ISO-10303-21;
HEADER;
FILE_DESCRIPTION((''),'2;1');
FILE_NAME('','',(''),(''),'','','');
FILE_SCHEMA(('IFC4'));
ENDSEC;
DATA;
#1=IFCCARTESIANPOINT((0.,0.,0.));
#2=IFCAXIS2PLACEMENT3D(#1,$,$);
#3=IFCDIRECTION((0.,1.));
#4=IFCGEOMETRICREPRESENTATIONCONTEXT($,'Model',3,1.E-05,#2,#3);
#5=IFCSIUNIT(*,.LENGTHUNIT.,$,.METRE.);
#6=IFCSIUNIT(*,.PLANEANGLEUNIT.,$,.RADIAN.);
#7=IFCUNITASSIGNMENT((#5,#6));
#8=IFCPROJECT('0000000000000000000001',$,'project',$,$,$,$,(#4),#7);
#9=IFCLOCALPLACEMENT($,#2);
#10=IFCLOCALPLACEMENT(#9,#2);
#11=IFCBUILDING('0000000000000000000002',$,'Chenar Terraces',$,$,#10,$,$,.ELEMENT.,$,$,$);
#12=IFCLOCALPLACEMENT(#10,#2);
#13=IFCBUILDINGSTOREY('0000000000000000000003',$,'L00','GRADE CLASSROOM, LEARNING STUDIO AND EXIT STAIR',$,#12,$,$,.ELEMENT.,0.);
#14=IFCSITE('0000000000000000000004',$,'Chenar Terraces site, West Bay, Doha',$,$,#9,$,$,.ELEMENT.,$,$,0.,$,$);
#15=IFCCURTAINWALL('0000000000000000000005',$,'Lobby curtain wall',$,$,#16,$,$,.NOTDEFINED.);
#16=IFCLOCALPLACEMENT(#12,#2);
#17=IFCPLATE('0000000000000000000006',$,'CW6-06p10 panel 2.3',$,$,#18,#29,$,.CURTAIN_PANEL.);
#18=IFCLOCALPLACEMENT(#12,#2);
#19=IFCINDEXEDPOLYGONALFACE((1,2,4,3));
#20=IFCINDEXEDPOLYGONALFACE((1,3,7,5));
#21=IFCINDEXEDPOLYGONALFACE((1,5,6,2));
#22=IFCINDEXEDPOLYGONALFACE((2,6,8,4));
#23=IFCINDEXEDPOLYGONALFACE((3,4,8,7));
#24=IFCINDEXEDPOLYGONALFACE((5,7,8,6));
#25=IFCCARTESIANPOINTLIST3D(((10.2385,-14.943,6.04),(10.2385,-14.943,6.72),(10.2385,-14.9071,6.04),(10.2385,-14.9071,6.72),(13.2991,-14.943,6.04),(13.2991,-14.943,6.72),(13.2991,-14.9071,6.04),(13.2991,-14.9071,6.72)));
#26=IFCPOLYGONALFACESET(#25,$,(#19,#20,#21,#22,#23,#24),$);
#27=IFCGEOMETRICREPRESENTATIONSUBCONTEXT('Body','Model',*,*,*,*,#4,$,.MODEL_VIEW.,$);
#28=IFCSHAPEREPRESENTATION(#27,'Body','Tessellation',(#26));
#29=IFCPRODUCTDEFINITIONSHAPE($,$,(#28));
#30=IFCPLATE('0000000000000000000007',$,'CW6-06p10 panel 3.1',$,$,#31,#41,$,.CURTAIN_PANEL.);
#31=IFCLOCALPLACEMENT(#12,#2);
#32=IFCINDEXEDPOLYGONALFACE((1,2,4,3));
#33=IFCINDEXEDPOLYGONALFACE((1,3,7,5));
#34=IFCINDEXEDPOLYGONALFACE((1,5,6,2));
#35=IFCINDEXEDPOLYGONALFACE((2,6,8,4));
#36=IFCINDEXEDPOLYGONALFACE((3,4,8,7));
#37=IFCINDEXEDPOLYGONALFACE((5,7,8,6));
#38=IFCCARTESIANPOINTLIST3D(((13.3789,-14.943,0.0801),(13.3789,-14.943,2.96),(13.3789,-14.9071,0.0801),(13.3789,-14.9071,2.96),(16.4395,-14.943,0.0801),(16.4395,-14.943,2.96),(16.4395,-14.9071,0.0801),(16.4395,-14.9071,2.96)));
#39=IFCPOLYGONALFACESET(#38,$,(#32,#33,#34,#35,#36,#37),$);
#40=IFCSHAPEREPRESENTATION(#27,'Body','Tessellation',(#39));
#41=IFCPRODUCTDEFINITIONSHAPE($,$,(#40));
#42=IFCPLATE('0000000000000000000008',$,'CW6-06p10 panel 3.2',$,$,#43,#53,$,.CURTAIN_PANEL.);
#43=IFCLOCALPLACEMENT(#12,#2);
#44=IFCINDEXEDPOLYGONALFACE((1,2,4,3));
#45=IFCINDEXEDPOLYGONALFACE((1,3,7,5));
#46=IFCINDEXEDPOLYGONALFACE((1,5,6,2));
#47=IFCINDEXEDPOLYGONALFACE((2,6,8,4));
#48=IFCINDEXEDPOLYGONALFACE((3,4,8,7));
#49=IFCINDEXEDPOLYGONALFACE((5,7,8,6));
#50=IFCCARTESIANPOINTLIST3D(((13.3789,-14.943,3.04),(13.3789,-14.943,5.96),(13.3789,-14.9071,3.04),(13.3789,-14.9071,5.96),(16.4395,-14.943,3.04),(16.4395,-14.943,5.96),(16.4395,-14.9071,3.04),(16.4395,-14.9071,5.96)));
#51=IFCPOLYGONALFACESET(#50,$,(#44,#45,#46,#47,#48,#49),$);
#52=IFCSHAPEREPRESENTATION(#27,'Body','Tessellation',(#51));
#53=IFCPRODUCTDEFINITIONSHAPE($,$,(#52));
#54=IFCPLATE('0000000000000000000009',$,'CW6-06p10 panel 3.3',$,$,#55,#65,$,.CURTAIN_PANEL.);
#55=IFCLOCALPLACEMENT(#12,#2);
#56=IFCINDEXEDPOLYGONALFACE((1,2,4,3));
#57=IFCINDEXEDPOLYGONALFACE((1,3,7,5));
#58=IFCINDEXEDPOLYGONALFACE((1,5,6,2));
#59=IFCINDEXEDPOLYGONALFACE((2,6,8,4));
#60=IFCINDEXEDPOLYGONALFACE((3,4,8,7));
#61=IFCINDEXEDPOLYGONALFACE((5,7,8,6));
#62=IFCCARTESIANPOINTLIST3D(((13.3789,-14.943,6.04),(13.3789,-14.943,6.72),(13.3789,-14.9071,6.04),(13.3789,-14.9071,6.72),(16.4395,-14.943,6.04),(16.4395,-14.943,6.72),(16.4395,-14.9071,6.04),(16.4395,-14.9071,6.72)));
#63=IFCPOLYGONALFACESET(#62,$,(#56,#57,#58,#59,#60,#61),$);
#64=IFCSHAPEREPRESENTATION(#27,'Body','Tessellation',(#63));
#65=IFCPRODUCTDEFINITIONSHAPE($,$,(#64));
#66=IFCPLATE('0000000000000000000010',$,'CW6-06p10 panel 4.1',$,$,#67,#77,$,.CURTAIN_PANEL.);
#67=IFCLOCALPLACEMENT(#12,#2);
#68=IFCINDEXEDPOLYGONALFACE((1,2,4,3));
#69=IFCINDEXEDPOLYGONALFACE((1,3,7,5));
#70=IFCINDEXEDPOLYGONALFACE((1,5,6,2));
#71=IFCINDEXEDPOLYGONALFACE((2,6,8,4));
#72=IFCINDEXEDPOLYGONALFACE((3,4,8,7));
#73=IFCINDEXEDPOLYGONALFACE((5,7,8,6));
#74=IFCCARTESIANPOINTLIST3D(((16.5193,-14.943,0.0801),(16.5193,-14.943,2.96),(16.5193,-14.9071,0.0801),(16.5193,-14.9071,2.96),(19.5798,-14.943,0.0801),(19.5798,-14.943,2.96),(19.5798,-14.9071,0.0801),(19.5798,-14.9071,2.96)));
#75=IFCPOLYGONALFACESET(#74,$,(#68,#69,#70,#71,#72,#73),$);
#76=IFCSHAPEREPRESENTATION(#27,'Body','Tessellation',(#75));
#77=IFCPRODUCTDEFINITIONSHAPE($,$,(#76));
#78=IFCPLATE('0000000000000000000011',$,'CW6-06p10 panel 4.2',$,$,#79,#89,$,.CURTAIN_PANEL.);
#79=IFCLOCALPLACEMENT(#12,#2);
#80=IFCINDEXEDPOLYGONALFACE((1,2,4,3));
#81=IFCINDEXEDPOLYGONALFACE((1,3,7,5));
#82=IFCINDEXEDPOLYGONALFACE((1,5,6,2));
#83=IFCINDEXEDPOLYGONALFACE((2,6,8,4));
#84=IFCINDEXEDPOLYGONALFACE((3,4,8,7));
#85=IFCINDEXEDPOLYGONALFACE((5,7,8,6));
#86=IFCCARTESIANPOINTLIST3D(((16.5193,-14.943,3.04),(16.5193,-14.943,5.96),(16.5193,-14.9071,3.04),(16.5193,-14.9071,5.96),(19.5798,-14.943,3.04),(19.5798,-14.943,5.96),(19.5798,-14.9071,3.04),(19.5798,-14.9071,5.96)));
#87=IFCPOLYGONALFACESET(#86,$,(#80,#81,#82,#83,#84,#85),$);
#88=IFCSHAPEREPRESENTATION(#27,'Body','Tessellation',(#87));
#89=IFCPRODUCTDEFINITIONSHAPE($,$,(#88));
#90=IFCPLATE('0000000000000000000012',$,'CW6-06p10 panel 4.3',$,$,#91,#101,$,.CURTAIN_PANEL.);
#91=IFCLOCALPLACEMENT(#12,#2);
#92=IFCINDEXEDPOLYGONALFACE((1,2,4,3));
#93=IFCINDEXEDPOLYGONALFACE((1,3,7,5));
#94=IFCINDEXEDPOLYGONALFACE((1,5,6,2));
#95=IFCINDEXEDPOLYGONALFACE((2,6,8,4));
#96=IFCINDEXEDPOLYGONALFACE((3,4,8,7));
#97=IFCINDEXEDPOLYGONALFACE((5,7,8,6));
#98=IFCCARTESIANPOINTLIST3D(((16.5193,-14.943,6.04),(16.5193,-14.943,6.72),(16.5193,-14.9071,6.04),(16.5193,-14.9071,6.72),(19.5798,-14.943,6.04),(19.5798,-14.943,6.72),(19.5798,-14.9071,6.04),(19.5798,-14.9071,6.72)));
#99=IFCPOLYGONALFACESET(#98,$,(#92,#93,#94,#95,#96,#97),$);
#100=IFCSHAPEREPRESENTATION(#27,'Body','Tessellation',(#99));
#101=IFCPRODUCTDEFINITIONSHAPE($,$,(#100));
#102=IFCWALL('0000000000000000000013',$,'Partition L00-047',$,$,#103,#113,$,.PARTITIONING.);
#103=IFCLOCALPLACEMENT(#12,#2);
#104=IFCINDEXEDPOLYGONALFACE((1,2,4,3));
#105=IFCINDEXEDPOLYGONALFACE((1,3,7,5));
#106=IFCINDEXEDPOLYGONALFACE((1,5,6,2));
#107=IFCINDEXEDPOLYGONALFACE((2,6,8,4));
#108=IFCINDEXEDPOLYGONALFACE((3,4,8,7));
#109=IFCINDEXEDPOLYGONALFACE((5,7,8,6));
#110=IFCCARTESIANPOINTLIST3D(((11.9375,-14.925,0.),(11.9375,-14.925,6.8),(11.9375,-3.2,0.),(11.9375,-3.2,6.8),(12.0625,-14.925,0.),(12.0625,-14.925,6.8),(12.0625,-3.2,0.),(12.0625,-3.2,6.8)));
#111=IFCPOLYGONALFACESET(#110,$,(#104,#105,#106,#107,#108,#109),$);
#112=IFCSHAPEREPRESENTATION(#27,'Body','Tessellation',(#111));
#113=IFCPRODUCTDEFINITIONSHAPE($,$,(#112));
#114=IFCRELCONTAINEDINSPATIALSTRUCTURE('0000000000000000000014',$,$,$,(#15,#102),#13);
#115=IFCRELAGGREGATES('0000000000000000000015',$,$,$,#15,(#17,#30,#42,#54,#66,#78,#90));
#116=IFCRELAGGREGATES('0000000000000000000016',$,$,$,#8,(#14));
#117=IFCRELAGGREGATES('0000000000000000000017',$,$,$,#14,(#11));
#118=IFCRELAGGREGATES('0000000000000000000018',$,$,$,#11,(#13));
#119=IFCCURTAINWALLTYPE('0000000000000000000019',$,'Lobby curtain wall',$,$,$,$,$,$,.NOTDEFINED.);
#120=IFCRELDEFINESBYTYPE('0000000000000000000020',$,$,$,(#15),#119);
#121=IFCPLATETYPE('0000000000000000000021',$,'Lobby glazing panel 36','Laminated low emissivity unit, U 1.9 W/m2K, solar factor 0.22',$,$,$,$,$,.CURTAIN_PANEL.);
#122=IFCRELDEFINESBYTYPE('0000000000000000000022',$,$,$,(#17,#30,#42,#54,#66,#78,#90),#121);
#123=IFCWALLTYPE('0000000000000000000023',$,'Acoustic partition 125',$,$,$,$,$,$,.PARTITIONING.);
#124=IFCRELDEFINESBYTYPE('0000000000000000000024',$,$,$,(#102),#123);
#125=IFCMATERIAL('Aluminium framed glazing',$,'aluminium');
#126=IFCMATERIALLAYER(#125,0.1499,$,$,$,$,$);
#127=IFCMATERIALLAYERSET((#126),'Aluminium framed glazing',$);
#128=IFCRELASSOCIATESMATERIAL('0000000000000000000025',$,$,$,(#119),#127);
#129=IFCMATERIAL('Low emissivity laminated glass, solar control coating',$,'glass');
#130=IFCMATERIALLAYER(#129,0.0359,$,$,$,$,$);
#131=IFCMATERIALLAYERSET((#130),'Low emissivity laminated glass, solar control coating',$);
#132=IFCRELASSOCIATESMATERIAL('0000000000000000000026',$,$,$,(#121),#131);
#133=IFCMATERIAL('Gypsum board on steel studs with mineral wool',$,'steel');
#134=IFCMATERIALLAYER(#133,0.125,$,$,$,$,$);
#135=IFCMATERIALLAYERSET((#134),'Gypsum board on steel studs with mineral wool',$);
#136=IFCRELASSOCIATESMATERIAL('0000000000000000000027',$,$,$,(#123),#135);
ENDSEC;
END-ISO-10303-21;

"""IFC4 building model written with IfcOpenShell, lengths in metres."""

from ifc_helpers import new_model, si_unit, direction, frame, frame_2d, origin, origin_2d, place, context, subcontext, project, spatial, rectangle, extrude, material, layer, layer_set, type_object, element, aggregate, save


model = new_model("IFC4")

# Units and contexts
model_context = context("Model", 3, precision=1e-05, world=origin(), true_north=direction((0.0, 1.0)))
body_context = subcontext(model_context, "Body", "Model", "MODEL_VIEW")
ifc_project = project(units=[si_unit("LENGTHUNIT", "METRE"), si_unit("PLANEANGLEUNIT", "RADIAN")], contexts=[model_context])

# Site, building, storey
site_placement = place(None, origin())
site = spatial("IfcSite", under=ifc_project, at=site_placement, Name="Chenar Terraces site, West Bay, Doha", CompositionType="ELEMENT", RefElevation=0.0)
building_placement = place(site_placement, origin())
building = spatial("IfcBuilding", under=site, at=building_placement, Name="Chenar Terraces", CompositionType="ELEMENT")
storey_placement = place(building_placement, origin())
storey = spatial("IfcBuildingStorey", under=building, at=storey_placement, Name="L00", Description="GRADE CLASSROOM, LEARNING STUDIO AND EXIT STAIR", CompositionType="ELEMENT", Elevation=0.0)

# Curtain wall, plates
ifc_material_1 = material(Name="Aluminium framed glazing", Category="aluminium")
ifc_layer_1 = layer(ifc_material_1, 0.1499)
ifc_layer_set_1 = layer_set([ifc_layer_1], Name="Aluminium framed glazing")
curtain_wall_type = type_object("IfcCurtainWallType", Name="Lobby curtain wall", PredefinedType="NOTDEFINED", material=ifc_layer_set_1)
curtain_wall_placement = place(storey_placement, origin())
curtain_wall = element("IfcCurtainWall", 1, at=curtain_wall_placement, inside=storey, type_object=curtain_wall_type, Name="Lobby curtain wall", PredefinedType="NOTDEFINED")
ifc_material_2 = material(Name="Low emissivity laminated glass, solar control coating", Category="glass")
ifc_layer_2 = layer(ifc_material_2, 0.0359)
ifc_layer_set_2 = layer_set([ifc_layer_2], Name="Low emissivity laminated glass, solar control coating")
plate_type = type_object("IfcPlateType", Name="Lobby glazing panel 36", Description="Laminated low emissivity unit, U 1.9 W/m2K, solar factor 0.22", PredefinedType="CURTAIN_PANEL", material=ifc_layer_set_2)
plate_1_placement = place(storey_placement, frame((11.7688, -14.925, 6.04), z_axis=(0.0, 0.0, 1.0), x_axis=(1.0, 0.0, 0.0)))
plate_1 = element("IfcPlate", 2, at=plate_1_placement, type_object=plate_type, Name="CW6-06p10 panel 2.3", PredefinedType="CURTAIN_PANEL", context=body_context, shape_type="SweptSolid", body=[
    extrude(rectangle(XDim=3.0605, YDim=0.0359, at=origin_2d()), origin(), (0.0, 0.0, 1.0), 0.6799),
])
plate_2_placement = place(storey_placement, frame((14.9092, -14.925, 0.0801), z_axis=(0.0, 0.0, 1.0), x_axis=(1.0, 0.0, 0.0)))
plate_2 = element("IfcPlate", 3, at=plate_2_placement, type_object=plate_type, Name="CW6-06p10 panel 3.1", PredefinedType="CURTAIN_PANEL", context=body_context, shape_type="SweptSolid", body=[
    extrude(rectangle(XDim=3.0605, YDim=0.0359, at=origin_2d()), origin(), (0.0, 0.0, 1.0), 2.8799),
])
plate_3_placement = place(storey_placement, frame((14.9092, -14.925, 3.04), z_axis=(0.0, 0.0, 1.0), x_axis=(1.0, 0.0, 0.0)))
plate_3 = element("IfcPlate", 4, at=plate_3_placement, type_object=plate_type, Name="CW6-06p10 panel 3.2", PredefinedType="CURTAIN_PANEL", context=body_context, shape_type="SweptSolid", body=[
    extrude(rectangle(XDim=3.0605, YDim=0.0359, at=origin_2d()), origin(), (0.0, 0.0, 1.0), 2.9199),
])
plate_4_placement = place(storey_placement, frame((14.9092, -14.925, 6.04), z_axis=(0.0, 0.0, 1.0), x_axis=(1.0, 0.0, 0.0)))
plate_4 = element("IfcPlate", 5, at=plate_4_placement, type_object=plate_type, Name="CW6-06p10 panel 3.3", PredefinedType="CURTAIN_PANEL", context=body_context, shape_type="SweptSolid", body=[
    extrude(rectangle(XDim=3.0605, YDim=0.0359, at=origin_2d()), origin(), (0.0, 0.0, 1.0), 0.6799),
])
plate_5_placement = place(storey_placement, frame((18.0496, -14.925, 0.0801), z_axis=(0.0, 0.0, 1.0), x_axis=(1.0, 0.0, 0.0)))
plate_5 = element("IfcPlate", 6, at=plate_5_placement, type_object=plate_type, Name="CW6-06p10 panel 4.1", PredefinedType="CURTAIN_PANEL", context=body_context, shape_type="SweptSolid", body=[
    extrude(rectangle(XDim=3.0605, YDim=0.0359, at=origin_2d()), origin(), (0.0, 0.0, 1.0), 2.8799),
])
plate_6_placement = place(storey_placement, frame((18.0496, -14.925, 3.04), z_axis=(0.0, 0.0, 1.0), x_axis=(1.0, 0.0, 0.0)))
plate_6 = element("IfcPlate", 7, at=plate_6_placement, type_object=plate_type, Name="CW6-06p10 panel 4.2", PredefinedType="CURTAIN_PANEL", context=body_context, shape_type="SweptSolid", body=[
    extrude(rectangle(XDim=3.0605, YDim=0.0359, at=origin_2d()), origin(), (0.0, 0.0, 1.0), 2.9199),
])
plate_7_placement = place(storey_placement, frame((18.0496, -14.925, 6.04), z_axis=(0.0, 0.0, 1.0), x_axis=(1.0, 0.0, 0.0)))
plate_7 = element("IfcPlate", 8, at=plate_7_placement, type_object=plate_type, Name="CW6-06p10 panel 4.3", PredefinedType="CURTAIN_PANEL", context=body_context, shape_type="SweptSolid", body=[
    extrude(rectangle(XDim=3.0605, YDim=0.0359, at=origin_2d()), origin(), (0.0, 0.0, 1.0), 0.6799),
])
aggregate(curtain_wall, [plate_1, plate_2, plate_3, plate_4, plate_5, plate_6, plate_7])

# Wall
ifc_material_3 = material(Name="Gypsum board on steel studs with mineral wool", Category="steel")
ifc_layer_3 = layer(ifc_material_3, 0.125)
ifc_layer_set_3 = layer_set([ifc_layer_3], Name="Gypsum board on steel studs with mineral wool")
wall_type = type_object("IfcWallType", Name="Acoustic partition 125", PredefinedType="PARTITIONING", material=ifc_layer_set_3)
wall_placement = place(storey_placement, frame((12.0, -14.925, 0.0), z_axis=(0.0, 0.0, 1.0), x_axis=(0.0, 1.0, 0.0)))
element("IfcWall", 9, at=wall_placement, inside=storey, type_object=wall_type, Name="Partition L00-047", PredefinedType="PARTITIONING", context=body_context, shape_type="SweptSolid", body=[
    extrude(rectangle(XDim=11.7251, YDim=0.125, at=frame_2d((5.8625, 0.0))), origin(), (0.0, 0.0, 1.0), 6.8),
])

save(model, "model.ifc")
